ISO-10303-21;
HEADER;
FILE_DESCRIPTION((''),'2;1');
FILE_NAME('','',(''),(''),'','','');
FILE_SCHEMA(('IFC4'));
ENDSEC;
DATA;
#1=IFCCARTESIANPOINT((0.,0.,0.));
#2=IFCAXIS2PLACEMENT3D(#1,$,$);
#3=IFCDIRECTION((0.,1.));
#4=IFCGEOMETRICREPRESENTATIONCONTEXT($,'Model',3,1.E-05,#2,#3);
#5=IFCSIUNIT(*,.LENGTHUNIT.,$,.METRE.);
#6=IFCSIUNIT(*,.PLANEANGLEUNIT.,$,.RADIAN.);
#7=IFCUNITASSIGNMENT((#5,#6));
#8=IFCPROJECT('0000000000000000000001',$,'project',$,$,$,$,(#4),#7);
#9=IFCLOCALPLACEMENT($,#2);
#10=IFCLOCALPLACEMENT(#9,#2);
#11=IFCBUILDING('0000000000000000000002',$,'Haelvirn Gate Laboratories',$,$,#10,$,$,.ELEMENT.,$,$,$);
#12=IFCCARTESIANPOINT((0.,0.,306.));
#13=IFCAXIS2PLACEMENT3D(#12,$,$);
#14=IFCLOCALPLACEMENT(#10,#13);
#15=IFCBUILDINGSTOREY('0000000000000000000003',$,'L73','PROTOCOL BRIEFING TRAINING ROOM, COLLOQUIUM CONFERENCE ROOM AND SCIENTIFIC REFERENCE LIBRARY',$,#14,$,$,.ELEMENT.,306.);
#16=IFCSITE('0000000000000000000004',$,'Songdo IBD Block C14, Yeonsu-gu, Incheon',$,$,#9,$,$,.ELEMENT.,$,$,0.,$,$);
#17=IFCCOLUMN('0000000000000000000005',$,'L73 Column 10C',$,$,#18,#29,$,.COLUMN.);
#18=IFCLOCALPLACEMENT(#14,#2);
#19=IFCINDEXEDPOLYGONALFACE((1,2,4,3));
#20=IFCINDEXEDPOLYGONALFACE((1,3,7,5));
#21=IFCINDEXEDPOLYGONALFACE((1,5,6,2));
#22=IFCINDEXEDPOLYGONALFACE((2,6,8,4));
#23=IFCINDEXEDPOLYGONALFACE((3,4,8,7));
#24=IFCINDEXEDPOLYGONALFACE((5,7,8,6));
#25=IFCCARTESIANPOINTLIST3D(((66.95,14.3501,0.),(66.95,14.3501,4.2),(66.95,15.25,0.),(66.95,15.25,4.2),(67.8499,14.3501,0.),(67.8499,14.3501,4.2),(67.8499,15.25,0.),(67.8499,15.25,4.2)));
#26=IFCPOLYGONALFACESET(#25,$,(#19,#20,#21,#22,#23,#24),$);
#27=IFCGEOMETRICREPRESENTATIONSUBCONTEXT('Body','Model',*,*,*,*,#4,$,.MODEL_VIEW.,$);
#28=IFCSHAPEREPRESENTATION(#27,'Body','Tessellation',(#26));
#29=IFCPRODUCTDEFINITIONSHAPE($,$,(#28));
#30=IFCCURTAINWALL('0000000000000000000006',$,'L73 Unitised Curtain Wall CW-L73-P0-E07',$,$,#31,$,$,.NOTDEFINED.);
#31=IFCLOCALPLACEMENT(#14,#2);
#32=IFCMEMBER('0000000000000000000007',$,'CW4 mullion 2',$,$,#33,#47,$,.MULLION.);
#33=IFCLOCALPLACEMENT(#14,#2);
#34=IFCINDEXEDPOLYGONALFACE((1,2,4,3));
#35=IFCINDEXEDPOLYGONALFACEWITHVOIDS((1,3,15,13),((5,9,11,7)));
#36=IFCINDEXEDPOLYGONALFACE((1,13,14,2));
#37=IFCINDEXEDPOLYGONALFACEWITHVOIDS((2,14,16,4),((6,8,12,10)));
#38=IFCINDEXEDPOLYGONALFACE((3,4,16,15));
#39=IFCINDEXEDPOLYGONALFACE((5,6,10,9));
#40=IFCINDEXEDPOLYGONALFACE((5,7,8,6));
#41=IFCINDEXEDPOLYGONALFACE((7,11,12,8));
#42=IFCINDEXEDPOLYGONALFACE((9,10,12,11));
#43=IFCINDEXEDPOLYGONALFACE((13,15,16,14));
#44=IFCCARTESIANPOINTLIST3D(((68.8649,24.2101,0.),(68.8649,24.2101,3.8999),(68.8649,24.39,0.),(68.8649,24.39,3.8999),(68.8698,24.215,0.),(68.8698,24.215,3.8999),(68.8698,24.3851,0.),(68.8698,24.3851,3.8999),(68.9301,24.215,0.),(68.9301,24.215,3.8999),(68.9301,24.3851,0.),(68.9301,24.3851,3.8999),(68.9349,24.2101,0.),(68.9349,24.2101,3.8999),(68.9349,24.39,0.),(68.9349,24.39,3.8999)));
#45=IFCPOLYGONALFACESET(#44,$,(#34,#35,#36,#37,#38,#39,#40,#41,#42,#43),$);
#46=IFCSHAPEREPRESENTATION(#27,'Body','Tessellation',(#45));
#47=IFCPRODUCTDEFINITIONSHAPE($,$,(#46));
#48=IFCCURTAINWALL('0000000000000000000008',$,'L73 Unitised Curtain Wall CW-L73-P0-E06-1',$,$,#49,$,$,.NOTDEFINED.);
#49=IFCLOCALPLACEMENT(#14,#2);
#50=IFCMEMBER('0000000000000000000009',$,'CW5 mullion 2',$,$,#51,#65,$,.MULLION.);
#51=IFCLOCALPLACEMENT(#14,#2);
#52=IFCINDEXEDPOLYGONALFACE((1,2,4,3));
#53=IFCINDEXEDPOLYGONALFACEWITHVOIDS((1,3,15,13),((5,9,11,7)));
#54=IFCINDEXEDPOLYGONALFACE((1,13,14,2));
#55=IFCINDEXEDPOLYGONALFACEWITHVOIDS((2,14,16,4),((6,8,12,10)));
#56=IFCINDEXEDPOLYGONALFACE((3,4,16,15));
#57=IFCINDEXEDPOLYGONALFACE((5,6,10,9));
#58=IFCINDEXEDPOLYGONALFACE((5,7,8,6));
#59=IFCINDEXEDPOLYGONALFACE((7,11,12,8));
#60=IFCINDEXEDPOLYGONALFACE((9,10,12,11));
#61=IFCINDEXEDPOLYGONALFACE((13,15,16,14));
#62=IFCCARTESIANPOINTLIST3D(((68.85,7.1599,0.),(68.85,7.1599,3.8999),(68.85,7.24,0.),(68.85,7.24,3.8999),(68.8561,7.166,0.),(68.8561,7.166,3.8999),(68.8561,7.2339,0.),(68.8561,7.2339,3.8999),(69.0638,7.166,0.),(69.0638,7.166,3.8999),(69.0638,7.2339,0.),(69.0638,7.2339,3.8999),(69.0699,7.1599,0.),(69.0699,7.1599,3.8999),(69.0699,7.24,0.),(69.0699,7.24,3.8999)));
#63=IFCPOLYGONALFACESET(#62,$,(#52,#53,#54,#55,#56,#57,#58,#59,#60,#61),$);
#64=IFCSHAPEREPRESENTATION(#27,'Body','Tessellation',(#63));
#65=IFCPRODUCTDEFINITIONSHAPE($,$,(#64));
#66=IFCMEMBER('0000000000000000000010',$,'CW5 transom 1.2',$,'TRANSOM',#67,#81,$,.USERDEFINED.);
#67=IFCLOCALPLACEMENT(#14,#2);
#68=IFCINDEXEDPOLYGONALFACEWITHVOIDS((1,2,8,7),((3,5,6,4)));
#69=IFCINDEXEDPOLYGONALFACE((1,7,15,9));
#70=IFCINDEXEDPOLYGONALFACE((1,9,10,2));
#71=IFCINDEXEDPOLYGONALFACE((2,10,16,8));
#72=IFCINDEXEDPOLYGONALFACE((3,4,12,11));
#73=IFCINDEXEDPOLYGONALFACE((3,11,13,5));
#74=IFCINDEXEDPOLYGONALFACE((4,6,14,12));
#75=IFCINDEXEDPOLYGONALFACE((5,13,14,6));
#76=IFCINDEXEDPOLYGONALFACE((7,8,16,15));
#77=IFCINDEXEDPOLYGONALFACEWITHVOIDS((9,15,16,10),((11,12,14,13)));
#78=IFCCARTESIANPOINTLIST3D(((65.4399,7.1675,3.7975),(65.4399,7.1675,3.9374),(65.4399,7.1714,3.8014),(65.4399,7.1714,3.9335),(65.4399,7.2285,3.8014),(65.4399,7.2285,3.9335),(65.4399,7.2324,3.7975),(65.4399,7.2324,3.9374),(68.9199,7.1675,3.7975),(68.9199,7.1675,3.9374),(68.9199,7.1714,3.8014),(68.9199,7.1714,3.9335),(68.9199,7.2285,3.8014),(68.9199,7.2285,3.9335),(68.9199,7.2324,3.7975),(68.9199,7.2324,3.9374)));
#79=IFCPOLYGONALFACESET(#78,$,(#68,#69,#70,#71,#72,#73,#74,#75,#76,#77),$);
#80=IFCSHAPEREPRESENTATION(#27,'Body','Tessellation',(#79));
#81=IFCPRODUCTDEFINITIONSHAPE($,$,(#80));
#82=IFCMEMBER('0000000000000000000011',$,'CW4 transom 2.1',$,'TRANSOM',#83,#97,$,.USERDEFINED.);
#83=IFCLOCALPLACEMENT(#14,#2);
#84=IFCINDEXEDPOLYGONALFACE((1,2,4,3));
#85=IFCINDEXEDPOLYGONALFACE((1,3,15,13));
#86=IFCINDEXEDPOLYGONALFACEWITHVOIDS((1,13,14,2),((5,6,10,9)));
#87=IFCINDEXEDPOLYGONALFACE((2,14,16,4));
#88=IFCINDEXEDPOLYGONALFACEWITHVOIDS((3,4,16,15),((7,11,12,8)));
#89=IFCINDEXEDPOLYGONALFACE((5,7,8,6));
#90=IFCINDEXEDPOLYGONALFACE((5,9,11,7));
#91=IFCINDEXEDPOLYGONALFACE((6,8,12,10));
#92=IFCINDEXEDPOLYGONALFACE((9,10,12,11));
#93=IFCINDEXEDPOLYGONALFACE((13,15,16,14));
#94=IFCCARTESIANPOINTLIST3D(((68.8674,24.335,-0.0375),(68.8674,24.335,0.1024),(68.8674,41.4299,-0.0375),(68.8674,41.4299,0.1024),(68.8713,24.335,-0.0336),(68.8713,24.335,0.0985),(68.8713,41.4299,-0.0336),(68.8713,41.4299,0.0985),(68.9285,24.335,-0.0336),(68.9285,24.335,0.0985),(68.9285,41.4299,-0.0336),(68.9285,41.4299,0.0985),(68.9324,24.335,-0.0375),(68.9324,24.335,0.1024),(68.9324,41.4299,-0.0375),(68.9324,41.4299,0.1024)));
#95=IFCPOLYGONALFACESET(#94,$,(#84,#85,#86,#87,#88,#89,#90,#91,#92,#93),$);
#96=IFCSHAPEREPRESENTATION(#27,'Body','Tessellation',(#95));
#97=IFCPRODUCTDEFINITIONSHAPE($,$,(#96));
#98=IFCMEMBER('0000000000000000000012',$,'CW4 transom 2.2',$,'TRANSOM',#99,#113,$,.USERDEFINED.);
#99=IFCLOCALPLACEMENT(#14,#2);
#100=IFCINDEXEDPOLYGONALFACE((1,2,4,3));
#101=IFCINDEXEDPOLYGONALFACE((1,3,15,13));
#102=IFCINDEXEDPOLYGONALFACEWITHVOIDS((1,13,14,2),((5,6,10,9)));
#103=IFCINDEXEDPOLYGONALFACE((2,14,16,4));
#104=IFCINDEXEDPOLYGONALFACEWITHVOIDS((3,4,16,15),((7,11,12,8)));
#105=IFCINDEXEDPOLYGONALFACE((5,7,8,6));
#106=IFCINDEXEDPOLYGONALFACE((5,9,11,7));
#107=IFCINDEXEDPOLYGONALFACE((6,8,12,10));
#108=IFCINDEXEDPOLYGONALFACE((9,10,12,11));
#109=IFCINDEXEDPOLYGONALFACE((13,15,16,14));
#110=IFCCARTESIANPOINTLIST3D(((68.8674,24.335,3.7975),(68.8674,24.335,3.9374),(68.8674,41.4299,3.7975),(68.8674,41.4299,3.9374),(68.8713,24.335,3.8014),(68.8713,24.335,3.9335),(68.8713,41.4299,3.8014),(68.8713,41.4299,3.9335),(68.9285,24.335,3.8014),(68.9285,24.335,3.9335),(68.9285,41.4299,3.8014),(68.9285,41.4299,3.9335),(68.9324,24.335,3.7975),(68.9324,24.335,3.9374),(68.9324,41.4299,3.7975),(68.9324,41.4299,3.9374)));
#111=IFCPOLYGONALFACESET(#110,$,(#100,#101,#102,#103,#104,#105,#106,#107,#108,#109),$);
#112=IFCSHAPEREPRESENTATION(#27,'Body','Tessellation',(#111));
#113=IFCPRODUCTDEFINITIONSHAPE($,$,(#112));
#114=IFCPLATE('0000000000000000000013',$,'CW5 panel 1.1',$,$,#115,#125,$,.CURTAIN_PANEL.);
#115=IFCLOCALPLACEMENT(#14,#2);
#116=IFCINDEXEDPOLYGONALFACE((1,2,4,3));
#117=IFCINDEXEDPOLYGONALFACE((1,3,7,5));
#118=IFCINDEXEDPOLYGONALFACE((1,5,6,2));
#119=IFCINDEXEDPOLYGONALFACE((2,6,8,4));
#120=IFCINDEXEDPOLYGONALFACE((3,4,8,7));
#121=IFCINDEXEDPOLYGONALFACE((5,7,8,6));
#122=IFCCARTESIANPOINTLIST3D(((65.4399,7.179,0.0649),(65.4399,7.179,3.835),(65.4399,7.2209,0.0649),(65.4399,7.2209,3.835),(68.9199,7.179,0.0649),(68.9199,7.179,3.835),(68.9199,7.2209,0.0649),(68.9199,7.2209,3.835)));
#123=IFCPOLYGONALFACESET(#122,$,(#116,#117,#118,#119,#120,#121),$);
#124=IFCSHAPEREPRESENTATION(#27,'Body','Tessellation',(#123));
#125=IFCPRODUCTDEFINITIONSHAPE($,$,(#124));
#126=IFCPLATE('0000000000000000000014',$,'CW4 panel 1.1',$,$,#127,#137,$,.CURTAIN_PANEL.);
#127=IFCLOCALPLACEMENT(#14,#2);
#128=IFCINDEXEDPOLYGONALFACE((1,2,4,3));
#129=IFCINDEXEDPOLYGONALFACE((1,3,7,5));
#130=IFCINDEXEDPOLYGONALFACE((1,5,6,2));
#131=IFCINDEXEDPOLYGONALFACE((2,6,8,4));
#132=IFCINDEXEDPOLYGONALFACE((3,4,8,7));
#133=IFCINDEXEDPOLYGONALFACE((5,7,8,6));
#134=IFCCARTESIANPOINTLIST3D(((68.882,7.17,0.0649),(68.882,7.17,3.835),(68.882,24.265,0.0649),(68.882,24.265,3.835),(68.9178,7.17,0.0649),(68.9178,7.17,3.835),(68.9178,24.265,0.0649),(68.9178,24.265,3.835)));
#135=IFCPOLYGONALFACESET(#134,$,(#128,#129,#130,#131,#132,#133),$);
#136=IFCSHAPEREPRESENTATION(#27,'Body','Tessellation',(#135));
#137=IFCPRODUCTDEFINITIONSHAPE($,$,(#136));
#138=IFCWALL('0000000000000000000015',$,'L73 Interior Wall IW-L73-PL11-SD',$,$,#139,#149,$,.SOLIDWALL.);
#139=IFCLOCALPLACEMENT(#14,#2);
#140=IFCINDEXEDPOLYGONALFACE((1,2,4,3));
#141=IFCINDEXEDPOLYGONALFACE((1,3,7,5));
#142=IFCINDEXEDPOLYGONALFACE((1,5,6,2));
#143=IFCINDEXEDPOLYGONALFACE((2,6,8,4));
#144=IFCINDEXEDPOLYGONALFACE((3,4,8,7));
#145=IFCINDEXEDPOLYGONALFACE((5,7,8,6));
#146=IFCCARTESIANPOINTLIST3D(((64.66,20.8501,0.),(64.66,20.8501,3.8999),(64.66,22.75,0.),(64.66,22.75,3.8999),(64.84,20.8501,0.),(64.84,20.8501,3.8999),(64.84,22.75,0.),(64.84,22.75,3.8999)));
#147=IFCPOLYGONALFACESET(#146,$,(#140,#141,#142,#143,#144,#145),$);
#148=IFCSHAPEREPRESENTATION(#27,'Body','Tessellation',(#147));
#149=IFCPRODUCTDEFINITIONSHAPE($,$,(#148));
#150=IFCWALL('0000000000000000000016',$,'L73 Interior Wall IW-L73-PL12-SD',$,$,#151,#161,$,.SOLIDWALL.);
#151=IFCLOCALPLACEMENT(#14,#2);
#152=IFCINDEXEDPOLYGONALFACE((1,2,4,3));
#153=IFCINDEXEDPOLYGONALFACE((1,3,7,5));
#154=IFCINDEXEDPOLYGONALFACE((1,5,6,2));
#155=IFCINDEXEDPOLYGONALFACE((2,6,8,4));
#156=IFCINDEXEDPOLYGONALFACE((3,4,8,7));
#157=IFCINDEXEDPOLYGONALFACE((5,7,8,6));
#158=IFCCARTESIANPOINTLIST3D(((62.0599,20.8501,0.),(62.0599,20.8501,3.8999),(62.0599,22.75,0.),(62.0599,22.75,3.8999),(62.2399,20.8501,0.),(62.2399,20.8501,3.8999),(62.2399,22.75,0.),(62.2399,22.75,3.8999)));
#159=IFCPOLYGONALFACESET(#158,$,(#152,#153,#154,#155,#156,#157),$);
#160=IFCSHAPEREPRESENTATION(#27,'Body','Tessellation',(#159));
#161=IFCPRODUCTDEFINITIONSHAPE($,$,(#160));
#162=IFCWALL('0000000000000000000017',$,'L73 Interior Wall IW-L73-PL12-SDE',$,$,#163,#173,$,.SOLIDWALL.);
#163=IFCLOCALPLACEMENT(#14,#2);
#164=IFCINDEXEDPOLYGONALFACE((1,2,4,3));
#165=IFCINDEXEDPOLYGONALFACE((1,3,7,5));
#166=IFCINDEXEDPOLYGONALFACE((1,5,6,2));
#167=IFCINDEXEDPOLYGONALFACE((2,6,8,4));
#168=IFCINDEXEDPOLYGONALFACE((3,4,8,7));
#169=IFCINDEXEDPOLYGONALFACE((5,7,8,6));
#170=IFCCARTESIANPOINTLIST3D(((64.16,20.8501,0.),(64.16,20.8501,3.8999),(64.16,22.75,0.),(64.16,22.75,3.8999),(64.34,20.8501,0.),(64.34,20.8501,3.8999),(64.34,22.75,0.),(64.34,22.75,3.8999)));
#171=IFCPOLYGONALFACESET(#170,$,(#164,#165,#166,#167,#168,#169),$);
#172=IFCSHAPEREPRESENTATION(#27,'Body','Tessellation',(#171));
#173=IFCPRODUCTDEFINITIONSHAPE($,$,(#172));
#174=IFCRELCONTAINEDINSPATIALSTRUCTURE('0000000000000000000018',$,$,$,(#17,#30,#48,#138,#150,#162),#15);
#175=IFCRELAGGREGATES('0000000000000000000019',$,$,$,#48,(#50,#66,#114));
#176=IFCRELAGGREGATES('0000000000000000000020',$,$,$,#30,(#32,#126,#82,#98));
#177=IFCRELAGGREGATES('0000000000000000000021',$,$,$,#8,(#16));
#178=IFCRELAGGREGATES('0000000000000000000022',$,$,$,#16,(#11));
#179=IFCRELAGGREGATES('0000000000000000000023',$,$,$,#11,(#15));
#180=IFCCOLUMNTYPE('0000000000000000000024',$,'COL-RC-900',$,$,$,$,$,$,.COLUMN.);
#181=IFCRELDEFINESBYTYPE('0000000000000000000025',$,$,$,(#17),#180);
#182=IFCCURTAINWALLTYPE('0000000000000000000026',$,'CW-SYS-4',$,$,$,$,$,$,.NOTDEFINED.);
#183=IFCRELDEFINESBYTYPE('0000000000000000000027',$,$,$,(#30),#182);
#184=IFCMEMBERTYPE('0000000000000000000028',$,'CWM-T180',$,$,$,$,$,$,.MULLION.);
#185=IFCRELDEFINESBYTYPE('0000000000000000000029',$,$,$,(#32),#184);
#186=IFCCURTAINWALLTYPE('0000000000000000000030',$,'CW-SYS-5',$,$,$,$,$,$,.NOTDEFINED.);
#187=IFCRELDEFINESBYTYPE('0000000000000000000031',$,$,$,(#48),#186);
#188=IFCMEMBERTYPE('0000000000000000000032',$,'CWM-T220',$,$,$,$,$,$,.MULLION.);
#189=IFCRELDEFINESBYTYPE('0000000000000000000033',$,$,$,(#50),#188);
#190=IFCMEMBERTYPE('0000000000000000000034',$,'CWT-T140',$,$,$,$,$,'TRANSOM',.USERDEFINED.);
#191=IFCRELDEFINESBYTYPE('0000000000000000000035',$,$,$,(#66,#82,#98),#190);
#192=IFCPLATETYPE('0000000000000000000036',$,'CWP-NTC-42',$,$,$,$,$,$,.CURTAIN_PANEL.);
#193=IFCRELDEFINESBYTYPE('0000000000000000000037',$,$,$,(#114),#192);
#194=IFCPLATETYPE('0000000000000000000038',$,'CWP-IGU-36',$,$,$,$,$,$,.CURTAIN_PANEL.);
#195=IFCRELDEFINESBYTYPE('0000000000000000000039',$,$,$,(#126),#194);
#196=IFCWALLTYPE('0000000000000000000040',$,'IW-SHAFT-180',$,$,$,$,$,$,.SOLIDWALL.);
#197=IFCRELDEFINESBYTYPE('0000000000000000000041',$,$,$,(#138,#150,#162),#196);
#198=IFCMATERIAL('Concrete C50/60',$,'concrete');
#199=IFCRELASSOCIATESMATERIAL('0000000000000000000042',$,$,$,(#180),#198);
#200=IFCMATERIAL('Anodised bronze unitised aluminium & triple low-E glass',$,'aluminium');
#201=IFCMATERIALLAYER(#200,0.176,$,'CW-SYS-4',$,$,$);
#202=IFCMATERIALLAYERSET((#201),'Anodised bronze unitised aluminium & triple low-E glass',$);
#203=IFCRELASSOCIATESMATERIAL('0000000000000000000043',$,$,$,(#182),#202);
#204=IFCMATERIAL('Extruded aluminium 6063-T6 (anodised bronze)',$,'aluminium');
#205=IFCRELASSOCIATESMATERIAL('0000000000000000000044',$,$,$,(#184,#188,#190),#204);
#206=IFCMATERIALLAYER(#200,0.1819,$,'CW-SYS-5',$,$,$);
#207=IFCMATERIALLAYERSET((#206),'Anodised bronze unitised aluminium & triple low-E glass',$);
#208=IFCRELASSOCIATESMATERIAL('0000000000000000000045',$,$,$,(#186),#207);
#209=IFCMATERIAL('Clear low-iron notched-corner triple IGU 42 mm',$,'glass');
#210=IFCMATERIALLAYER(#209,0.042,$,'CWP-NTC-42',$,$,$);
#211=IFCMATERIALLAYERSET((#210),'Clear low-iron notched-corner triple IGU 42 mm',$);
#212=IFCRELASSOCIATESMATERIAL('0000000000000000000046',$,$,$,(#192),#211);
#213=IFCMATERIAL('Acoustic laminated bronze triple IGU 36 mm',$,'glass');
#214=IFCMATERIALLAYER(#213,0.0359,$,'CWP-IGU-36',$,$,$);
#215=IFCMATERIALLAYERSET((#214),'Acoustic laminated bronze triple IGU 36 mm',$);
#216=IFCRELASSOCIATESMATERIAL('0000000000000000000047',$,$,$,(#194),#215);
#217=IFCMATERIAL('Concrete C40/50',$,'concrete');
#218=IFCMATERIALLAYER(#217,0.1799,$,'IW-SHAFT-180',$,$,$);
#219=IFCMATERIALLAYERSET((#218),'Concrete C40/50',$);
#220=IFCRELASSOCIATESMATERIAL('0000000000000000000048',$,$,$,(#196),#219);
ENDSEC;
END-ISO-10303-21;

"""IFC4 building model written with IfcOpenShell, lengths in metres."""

from ifc_helpers import new_model, si_unit, direction, frame, frame_2d, origin, origin_2d, place, context, subcontext, project, spatial, rectangle, hollow_rectangle, extrude, source, transform, mapped, material, layer, layer_set, material_profile, profile_set, type_object, type_shapes, element, aggregate, save


model = new_model("IFC4")

# Units and contexts
model_context = context("Model", 3, precision=1e-05, world=origin(), true_north=direction((0.0, 1.0)))
body_context = subcontext(model_context, "Body", "Model", "MODEL_VIEW")
ifc_project = project(units=[si_unit("LENGTHUNIT", "METRE"), si_unit("PLANEANGLEUNIT", "RADIAN")], contexts=[model_context])

# Site, building, storey
site_placement = place(None, origin())
site = spatial("IfcSite", under=ifc_project, at=site_placement, Name="Songdo IBD Block C14, Yeonsu-gu, Incheon", CompositionType="ELEMENT", RefElevation=0.0)
building_placement = place(site_placement, origin())
building = spatial("IfcBuilding", under=site, at=building_placement, Name="Haelvirn Gate Laboratories", CompositionType="ELEMENT")
storey_placement = place(building_placement, frame((0.0, 0.0, 306.0)))
storey = spatial("IfcBuildingStorey", under=building, at=storey_placement, Name="L73", Description="PROTOCOL BRIEFING TRAINING ROOM, COLLOQUIUM CONFERENCE ROOM AND SCIENTIFIC REFERENCE LIBRARY", CompositionType="ELEMENT", Elevation=306.0)

# Column
ifc_material_1 = material(Name="Concrete C50/60", Category="concrete")
ifc_material_profile_1 = material_profile(ifc_material_1, rectangle(XDim=0.8999, YDim=0.8999, at=origin_2d()), Name="RC-900x900")
ifc_profile_set_1 = profile_set([ifc_material_profile_1], Name="Concrete C50/60")
column_type = type_object("IfcColumnType", Name="COL-RC-900", PredefinedType="COLUMN", material=ifc_profile_set_1)
shared_shape_1 = source(origin(), body_context, "Body", "SweptSolid", [
    extrude(rectangle(XDim=0.8999, YDim=0.8999, at=origin_2d()), origin(), (0.0, 0.0, 1.0), 4.2),
])
type_shapes(column_type, [shared_shape_1])
column_placement = place(storey_placement, frame((67.3999, 14.8, 0.0), z_axis=(0.0, 0.0, 1.0), x_axis=(1.0, 0.0, 0.0)))
element("IfcColumn", 1, at=column_placement, inside=storey, type_object=column_type, Name="L73 Column 10C", PredefinedType="COLUMN", context=body_context, shape_type="MappedRepresentation", body=[
    mapped(shared_shape_1, transform((0.0, 0.0, 0.0), scale=1.0)),
])

# Curtain wall, member
ifc_material_2 = material(Name="Anodised bronze unitised aluminium & triple low-E glass", Category="aluminium")
ifc_layer_1 = layer(ifc_material_2, 0.176, Name="CW-SYS-4")
ifc_layer_set_1 = layer_set([ifc_layer_1], Name="Anodised bronze unitised aluminium & triple low-E glass")
curtain_wall_type_1 = type_object("IfcCurtainWallType", Name="CW-SYS-4", PredefinedType="NOTDEFINED", material=ifc_layer_set_1)
curtain_wall_1_placement = place(storey_placement, origin())
curtain_wall_1 = element("IfcCurtainWall", 2, at=curtain_wall_1_placement, inside=storey, type_object=curtain_wall_type_1, Name="L73 Unitised Curtain Wall CW-L73-P0-E07", PredefinedType="NOTDEFINED")
ifc_material_3 = material(Name="Extruded aluminium 6063-T6 (anodised bronze)", Category="aluminium")
ifc_material_profile_2 = material_profile(ifc_material_3, hollow_rectangle(XDim=0.0701, YDim=0.1799, WallThickness=0.0049, at=origin_2d()), Name="CWM-180x70x5")
ifc_profile_set_2 = profile_set([ifc_material_profile_2], Name="Extruded aluminium 6063-T6 (anodised bronze)")
member_type_1 = type_object("IfcMemberType", Name="CWM-T180", PredefinedType="MULLION", material=ifc_profile_set_2)
shared_shape_2 = source(origin(), body_context, "Body", "SweptSolid", [
    extrude(hollow_rectangle(XDim=0.0701, YDim=0.1799, WallThickness=0.0049, at=origin_2d()), origin(), (0.0, 0.0, 1.0), 3.8999),
])
type_shapes(member_type_1, [shared_shape_2])
member_1_placement = place(storey_placement, frame((68.8999, 24.3, 0.0), z_axis=(0.0, 0.0, 1.0), x_axis=(-1.0, 0.0, 0.0)))
member_1 = element("IfcMember", 3, at=member_1_placement, type_object=member_type_1, Name="CW4 mullion 2", PredefinedType="MULLION", context=body_context, shape_type="MappedRepresentation", body=[
    mapped(shared_shape_2, transform((0.0, 0.0, 0.0), scale=1.0)),
])

# Curtain wall, members
ifc_layer_2 = layer(ifc_material_2, 0.1819, Name="CW-SYS-5")
ifc_layer_set_2 = layer_set([ifc_layer_2], Name="Anodised bronze unitised aluminium & triple low-E glass")
curtain_wall_type_2 = type_object("IfcCurtainWallType", Name="CW-SYS-5", PredefinedType="NOTDEFINED", material=ifc_layer_set_2)
curtain_wall_2_placement = place(storey_placement, origin())
curtain_wall_2 = element("IfcCurtainWall", 4, at=curtain_wall_2_placement, inside=storey, type_object=curtain_wall_type_2, Name="L73 Unitised Curtain Wall CW-L73-P0-E06-1", PredefinedType="NOTDEFINED")
ifc_material_profile_3 = material_profile(ifc_material_3, hollow_rectangle(XDim=0.0801, YDim=0.22, WallThickness=0.0061, at=origin_2d()), Name="CWM-220x80x6")
ifc_profile_set_3 = profile_set([ifc_material_profile_3], Name="Extruded aluminium 6063-T6 (anodised bronze)")
member_type_2 = type_object("IfcMemberType", Name="CWM-T220", PredefinedType="MULLION", material=ifc_profile_set_3)
shared_shape_3 = source(origin(), body_context, "Body", "SweptSolid", [
    extrude(hollow_rectangle(XDim=0.0801, YDim=0.22, WallThickness=0.0061, at=origin_2d()), origin(), (0.0, 0.0, 1.0), 3.8999),
])
type_shapes(member_type_2, [shared_shape_3])
member_2_placement = place(storey_placement, frame((68.96, 7.2, 0.0), z_axis=(0.0, 0.0, 1.0), x_axis=(0.0, 1.0, 0.0)))
member_2 = element("IfcMember", 5, at=member_2_placement, type_object=member_type_2, Name="CW5 mullion 2", PredefinedType="MULLION", context=body_context, shape_type="MappedRepresentation", body=[
    mapped(shared_shape_3, transform((0.0, 0.0, 0.0), scale=1.0)),
])
ifc_material_profile_4 = material_profile(ifc_material_3, hollow_rectangle(XDim=0.0649, YDim=0.1399, WallThickness=0.0039, at=origin_2d()), Name="CWT-140x65x4")
ifc_profile_set_4 = profile_set([ifc_material_profile_4], Name="Extruded aluminium 6063-T6 (anodised bronze)")
member_type_3 = type_object("IfcMemberType", Name="CWT-T140", ElementType="TRANSOM", PredefinedType="USERDEFINED", material=ifc_profile_set_4)
shared_shape_4 = source(origin(), body_context, "Body", "SweptSolid", [
    extrude(hollow_rectangle(XDim=0.0649, YDim=0.1399, WallThickness=0.0039, at=origin_2d()), origin(), (0.0, 0.0, 1.0), 3.48),
])
member_3_placement = place(storey_placement, frame((65.4399, 7.2, 3.8674), z_axis=(1.0, 0.0, 0.0), x_axis=(0.0, 1.0, 0.0)))
member_3 = element("IfcMember", 6, at=member_3_placement, type_object=member_type_3, Name="CW5 transom 1.2", ObjectType="TRANSOM", PredefinedType="USERDEFINED", context=body_context, shape_type="MappedRepresentation", body=[
    mapped(shared_shape_4, transform((0.0, 0.0, 0.0), scale=1.0)),
])

# Members
shared_shape_5 = source(origin(), body_context, "Body", "SweptSolid", [
    extrude(hollow_rectangle(XDim=0.0649, YDim=0.1399, WallThickness=0.0039, at=origin_2d()), origin(), (0.0, 0.0, 1.0), 17.095),
])
type_shapes(member_type_3, [shared_shape_4, shared_shape_5])
member_4_placement = place(storey_placement, frame((68.8999, 24.335, 0.0325), z_axis=(0.0, 1.0, 0.0), x_axis=(-1.0, 0.0, 0.0)))
member_4 = element("IfcMember", 7, at=member_4_placement, type_object=member_type_3, Name="CW4 transom 2.1", ObjectType="TRANSOM", PredefinedType="USERDEFINED", context=body_context, shape_type="MappedRepresentation", body=[
    mapped(shared_shape_5, transform((0.0, 0.0, 0.0), scale=1.0)),
])
member_5_placement = place(storey_placement, frame((68.8999, 24.335, 3.8674), z_axis=(0.0, 1.0, 0.0), x_axis=(-1.0, 0.0, 0.0)))
member_5 = element("IfcMember", 8, at=member_5_placement, type_object=member_type_3, Name="CW4 transom 2.2", ObjectType="TRANSOM", PredefinedType="USERDEFINED", context=body_context, shape_type="MappedRepresentation", body=[
    mapped(shared_shape_5, transform((0.0, 0.0, 0.0), scale=1.0)),
])

# Plates
ifc_material_4 = material(Name="Clear low-iron notched-corner triple IGU 42 mm", Category="glass")
ifc_layer_3 = layer(ifc_material_4, 0.042, Name="CWP-NTC-42")
ifc_layer_set_3 = layer_set([ifc_layer_3], Name="Clear low-iron notched-corner triple IGU 42 mm")
plate_type_1 = type_object("IfcPlateType", Name="CWP-NTC-42", PredefinedType="CURTAIN_PANEL", material=ifc_layer_set_3)
shared_shape_6 = source(origin(), body_context, "Body", "SweptSolid", [
    extrude(rectangle(XDim=3.48, YDim=0.042, at=origin_2d()), origin(), (0.0, 0.0, 1.0), 3.77),
])
type_shapes(plate_type_1, [shared_shape_6])
plate_1_placement = place(storey_placement, frame((67.1799, 7.2, 0.0649), z_axis=(0.0, 0.0, 1.0), x_axis=(1.0, 0.0, 0.0)))
plate_1 = element("IfcPlate", 9, at=plate_1_placement, type_object=plate_type_1, Name="CW5 panel 1.1", PredefinedType="CURTAIN_PANEL", context=body_context, shape_type="MappedRepresentation", body=[
    mapped(shared_shape_6, transform((0.0, 0.0, 0.0), scale=1.0)),
])
aggregate(curtain_wall_2, [member_2, member_3, plate_1])
ifc_material_5 = material(Name="Acoustic laminated bronze triple IGU 36 mm", Category="glass")
ifc_layer_4 = layer(ifc_material_5, 0.0359, Name="CWP-IGU-36")
ifc_layer_set_4 = layer_set([ifc_layer_4], Name="Acoustic laminated bronze triple IGU 36 mm")
plate_type_2 = type_object("IfcPlateType", Name="CWP-IGU-36", PredefinedType="CURTAIN_PANEL", material=ifc_layer_set_4)
shared_shape_7 = source(origin(), body_context, "Body", "SweptSolid", [
    extrude(rectangle(XDim=17.095, YDim=0.0359, at=origin_2d()), origin(), (0.0, 0.0, 1.0), 3.77),
])
type_shapes(plate_type_2, [shared_shape_7])
plate_2_placement = place(storey_placement, frame((68.8999, 15.7175, 0.0649), z_axis=(0.0, 0.0, 1.0), x_axis=(0.0, 1.0, 0.0)))
plate_2 = element("IfcPlate", 10, at=plate_2_placement, type_object=plate_type_2, Name="CW4 panel 1.1", PredefinedType="CURTAIN_PANEL", context=body_context, shape_type="MappedRepresentation", body=[
    mapped(shared_shape_7, transform((0.0, 0.0, 0.0), scale=1.0)),
])
aggregate(curtain_wall_1, [member_1, plate_2, member_4, member_5])

# Walls
ifc_material_6 = material(Name="Concrete C40/50", Category="concrete")
ifc_layer_5 = layer(ifc_material_6, 0.1799, Name="IW-SHAFT-180")
ifc_layer_set_5 = layer_set([ifc_layer_5], Name="Concrete C40/50")
wall_type_1 = type_object("IfcWallType", Name="IW-SHAFT-180", PredefinedType="SOLIDWALL", material=ifc_layer_set_5)
for number, where, z_axis, x_axis, name in (
    (11, (64.75, 20.8501, 0.0), (0.0, 0.0, 1.0), (0.0, 1.0, 0.0), "L73 Interior Wall IW-L73-PL11-SD"),
    (12, (62.1499, 20.8501, 0.0), (0.0, 0.0, 1.0), (0.0, 1.0, 0.0), "L73 Interior Wall IW-L73-PL12-SD"),
    (13, (64.25, 20.8501, 0.0), (0.0, 0.0, 1.0), (0.0, 1.0, 0.0), "L73 Interior Wall IW-L73-PL12-SDE"),
):
    element("IfcWall", number, at=place(storey_placement, frame(where, z_axis=z_axis, x_axis=x_axis)), inside=storey, type_object=wall_type_1, Name=name, PredefinedType="SOLIDWALL", context=body_context, shape_type="SweptSolid", body=[
        extrude(rectangle(XDim=1.8999, YDim=0.1799, at=frame_2d((0.95, 0.0))), origin(), (0.0, 0.0, 1.0), 3.8999),
    ])

save(model, "model.ifc")
